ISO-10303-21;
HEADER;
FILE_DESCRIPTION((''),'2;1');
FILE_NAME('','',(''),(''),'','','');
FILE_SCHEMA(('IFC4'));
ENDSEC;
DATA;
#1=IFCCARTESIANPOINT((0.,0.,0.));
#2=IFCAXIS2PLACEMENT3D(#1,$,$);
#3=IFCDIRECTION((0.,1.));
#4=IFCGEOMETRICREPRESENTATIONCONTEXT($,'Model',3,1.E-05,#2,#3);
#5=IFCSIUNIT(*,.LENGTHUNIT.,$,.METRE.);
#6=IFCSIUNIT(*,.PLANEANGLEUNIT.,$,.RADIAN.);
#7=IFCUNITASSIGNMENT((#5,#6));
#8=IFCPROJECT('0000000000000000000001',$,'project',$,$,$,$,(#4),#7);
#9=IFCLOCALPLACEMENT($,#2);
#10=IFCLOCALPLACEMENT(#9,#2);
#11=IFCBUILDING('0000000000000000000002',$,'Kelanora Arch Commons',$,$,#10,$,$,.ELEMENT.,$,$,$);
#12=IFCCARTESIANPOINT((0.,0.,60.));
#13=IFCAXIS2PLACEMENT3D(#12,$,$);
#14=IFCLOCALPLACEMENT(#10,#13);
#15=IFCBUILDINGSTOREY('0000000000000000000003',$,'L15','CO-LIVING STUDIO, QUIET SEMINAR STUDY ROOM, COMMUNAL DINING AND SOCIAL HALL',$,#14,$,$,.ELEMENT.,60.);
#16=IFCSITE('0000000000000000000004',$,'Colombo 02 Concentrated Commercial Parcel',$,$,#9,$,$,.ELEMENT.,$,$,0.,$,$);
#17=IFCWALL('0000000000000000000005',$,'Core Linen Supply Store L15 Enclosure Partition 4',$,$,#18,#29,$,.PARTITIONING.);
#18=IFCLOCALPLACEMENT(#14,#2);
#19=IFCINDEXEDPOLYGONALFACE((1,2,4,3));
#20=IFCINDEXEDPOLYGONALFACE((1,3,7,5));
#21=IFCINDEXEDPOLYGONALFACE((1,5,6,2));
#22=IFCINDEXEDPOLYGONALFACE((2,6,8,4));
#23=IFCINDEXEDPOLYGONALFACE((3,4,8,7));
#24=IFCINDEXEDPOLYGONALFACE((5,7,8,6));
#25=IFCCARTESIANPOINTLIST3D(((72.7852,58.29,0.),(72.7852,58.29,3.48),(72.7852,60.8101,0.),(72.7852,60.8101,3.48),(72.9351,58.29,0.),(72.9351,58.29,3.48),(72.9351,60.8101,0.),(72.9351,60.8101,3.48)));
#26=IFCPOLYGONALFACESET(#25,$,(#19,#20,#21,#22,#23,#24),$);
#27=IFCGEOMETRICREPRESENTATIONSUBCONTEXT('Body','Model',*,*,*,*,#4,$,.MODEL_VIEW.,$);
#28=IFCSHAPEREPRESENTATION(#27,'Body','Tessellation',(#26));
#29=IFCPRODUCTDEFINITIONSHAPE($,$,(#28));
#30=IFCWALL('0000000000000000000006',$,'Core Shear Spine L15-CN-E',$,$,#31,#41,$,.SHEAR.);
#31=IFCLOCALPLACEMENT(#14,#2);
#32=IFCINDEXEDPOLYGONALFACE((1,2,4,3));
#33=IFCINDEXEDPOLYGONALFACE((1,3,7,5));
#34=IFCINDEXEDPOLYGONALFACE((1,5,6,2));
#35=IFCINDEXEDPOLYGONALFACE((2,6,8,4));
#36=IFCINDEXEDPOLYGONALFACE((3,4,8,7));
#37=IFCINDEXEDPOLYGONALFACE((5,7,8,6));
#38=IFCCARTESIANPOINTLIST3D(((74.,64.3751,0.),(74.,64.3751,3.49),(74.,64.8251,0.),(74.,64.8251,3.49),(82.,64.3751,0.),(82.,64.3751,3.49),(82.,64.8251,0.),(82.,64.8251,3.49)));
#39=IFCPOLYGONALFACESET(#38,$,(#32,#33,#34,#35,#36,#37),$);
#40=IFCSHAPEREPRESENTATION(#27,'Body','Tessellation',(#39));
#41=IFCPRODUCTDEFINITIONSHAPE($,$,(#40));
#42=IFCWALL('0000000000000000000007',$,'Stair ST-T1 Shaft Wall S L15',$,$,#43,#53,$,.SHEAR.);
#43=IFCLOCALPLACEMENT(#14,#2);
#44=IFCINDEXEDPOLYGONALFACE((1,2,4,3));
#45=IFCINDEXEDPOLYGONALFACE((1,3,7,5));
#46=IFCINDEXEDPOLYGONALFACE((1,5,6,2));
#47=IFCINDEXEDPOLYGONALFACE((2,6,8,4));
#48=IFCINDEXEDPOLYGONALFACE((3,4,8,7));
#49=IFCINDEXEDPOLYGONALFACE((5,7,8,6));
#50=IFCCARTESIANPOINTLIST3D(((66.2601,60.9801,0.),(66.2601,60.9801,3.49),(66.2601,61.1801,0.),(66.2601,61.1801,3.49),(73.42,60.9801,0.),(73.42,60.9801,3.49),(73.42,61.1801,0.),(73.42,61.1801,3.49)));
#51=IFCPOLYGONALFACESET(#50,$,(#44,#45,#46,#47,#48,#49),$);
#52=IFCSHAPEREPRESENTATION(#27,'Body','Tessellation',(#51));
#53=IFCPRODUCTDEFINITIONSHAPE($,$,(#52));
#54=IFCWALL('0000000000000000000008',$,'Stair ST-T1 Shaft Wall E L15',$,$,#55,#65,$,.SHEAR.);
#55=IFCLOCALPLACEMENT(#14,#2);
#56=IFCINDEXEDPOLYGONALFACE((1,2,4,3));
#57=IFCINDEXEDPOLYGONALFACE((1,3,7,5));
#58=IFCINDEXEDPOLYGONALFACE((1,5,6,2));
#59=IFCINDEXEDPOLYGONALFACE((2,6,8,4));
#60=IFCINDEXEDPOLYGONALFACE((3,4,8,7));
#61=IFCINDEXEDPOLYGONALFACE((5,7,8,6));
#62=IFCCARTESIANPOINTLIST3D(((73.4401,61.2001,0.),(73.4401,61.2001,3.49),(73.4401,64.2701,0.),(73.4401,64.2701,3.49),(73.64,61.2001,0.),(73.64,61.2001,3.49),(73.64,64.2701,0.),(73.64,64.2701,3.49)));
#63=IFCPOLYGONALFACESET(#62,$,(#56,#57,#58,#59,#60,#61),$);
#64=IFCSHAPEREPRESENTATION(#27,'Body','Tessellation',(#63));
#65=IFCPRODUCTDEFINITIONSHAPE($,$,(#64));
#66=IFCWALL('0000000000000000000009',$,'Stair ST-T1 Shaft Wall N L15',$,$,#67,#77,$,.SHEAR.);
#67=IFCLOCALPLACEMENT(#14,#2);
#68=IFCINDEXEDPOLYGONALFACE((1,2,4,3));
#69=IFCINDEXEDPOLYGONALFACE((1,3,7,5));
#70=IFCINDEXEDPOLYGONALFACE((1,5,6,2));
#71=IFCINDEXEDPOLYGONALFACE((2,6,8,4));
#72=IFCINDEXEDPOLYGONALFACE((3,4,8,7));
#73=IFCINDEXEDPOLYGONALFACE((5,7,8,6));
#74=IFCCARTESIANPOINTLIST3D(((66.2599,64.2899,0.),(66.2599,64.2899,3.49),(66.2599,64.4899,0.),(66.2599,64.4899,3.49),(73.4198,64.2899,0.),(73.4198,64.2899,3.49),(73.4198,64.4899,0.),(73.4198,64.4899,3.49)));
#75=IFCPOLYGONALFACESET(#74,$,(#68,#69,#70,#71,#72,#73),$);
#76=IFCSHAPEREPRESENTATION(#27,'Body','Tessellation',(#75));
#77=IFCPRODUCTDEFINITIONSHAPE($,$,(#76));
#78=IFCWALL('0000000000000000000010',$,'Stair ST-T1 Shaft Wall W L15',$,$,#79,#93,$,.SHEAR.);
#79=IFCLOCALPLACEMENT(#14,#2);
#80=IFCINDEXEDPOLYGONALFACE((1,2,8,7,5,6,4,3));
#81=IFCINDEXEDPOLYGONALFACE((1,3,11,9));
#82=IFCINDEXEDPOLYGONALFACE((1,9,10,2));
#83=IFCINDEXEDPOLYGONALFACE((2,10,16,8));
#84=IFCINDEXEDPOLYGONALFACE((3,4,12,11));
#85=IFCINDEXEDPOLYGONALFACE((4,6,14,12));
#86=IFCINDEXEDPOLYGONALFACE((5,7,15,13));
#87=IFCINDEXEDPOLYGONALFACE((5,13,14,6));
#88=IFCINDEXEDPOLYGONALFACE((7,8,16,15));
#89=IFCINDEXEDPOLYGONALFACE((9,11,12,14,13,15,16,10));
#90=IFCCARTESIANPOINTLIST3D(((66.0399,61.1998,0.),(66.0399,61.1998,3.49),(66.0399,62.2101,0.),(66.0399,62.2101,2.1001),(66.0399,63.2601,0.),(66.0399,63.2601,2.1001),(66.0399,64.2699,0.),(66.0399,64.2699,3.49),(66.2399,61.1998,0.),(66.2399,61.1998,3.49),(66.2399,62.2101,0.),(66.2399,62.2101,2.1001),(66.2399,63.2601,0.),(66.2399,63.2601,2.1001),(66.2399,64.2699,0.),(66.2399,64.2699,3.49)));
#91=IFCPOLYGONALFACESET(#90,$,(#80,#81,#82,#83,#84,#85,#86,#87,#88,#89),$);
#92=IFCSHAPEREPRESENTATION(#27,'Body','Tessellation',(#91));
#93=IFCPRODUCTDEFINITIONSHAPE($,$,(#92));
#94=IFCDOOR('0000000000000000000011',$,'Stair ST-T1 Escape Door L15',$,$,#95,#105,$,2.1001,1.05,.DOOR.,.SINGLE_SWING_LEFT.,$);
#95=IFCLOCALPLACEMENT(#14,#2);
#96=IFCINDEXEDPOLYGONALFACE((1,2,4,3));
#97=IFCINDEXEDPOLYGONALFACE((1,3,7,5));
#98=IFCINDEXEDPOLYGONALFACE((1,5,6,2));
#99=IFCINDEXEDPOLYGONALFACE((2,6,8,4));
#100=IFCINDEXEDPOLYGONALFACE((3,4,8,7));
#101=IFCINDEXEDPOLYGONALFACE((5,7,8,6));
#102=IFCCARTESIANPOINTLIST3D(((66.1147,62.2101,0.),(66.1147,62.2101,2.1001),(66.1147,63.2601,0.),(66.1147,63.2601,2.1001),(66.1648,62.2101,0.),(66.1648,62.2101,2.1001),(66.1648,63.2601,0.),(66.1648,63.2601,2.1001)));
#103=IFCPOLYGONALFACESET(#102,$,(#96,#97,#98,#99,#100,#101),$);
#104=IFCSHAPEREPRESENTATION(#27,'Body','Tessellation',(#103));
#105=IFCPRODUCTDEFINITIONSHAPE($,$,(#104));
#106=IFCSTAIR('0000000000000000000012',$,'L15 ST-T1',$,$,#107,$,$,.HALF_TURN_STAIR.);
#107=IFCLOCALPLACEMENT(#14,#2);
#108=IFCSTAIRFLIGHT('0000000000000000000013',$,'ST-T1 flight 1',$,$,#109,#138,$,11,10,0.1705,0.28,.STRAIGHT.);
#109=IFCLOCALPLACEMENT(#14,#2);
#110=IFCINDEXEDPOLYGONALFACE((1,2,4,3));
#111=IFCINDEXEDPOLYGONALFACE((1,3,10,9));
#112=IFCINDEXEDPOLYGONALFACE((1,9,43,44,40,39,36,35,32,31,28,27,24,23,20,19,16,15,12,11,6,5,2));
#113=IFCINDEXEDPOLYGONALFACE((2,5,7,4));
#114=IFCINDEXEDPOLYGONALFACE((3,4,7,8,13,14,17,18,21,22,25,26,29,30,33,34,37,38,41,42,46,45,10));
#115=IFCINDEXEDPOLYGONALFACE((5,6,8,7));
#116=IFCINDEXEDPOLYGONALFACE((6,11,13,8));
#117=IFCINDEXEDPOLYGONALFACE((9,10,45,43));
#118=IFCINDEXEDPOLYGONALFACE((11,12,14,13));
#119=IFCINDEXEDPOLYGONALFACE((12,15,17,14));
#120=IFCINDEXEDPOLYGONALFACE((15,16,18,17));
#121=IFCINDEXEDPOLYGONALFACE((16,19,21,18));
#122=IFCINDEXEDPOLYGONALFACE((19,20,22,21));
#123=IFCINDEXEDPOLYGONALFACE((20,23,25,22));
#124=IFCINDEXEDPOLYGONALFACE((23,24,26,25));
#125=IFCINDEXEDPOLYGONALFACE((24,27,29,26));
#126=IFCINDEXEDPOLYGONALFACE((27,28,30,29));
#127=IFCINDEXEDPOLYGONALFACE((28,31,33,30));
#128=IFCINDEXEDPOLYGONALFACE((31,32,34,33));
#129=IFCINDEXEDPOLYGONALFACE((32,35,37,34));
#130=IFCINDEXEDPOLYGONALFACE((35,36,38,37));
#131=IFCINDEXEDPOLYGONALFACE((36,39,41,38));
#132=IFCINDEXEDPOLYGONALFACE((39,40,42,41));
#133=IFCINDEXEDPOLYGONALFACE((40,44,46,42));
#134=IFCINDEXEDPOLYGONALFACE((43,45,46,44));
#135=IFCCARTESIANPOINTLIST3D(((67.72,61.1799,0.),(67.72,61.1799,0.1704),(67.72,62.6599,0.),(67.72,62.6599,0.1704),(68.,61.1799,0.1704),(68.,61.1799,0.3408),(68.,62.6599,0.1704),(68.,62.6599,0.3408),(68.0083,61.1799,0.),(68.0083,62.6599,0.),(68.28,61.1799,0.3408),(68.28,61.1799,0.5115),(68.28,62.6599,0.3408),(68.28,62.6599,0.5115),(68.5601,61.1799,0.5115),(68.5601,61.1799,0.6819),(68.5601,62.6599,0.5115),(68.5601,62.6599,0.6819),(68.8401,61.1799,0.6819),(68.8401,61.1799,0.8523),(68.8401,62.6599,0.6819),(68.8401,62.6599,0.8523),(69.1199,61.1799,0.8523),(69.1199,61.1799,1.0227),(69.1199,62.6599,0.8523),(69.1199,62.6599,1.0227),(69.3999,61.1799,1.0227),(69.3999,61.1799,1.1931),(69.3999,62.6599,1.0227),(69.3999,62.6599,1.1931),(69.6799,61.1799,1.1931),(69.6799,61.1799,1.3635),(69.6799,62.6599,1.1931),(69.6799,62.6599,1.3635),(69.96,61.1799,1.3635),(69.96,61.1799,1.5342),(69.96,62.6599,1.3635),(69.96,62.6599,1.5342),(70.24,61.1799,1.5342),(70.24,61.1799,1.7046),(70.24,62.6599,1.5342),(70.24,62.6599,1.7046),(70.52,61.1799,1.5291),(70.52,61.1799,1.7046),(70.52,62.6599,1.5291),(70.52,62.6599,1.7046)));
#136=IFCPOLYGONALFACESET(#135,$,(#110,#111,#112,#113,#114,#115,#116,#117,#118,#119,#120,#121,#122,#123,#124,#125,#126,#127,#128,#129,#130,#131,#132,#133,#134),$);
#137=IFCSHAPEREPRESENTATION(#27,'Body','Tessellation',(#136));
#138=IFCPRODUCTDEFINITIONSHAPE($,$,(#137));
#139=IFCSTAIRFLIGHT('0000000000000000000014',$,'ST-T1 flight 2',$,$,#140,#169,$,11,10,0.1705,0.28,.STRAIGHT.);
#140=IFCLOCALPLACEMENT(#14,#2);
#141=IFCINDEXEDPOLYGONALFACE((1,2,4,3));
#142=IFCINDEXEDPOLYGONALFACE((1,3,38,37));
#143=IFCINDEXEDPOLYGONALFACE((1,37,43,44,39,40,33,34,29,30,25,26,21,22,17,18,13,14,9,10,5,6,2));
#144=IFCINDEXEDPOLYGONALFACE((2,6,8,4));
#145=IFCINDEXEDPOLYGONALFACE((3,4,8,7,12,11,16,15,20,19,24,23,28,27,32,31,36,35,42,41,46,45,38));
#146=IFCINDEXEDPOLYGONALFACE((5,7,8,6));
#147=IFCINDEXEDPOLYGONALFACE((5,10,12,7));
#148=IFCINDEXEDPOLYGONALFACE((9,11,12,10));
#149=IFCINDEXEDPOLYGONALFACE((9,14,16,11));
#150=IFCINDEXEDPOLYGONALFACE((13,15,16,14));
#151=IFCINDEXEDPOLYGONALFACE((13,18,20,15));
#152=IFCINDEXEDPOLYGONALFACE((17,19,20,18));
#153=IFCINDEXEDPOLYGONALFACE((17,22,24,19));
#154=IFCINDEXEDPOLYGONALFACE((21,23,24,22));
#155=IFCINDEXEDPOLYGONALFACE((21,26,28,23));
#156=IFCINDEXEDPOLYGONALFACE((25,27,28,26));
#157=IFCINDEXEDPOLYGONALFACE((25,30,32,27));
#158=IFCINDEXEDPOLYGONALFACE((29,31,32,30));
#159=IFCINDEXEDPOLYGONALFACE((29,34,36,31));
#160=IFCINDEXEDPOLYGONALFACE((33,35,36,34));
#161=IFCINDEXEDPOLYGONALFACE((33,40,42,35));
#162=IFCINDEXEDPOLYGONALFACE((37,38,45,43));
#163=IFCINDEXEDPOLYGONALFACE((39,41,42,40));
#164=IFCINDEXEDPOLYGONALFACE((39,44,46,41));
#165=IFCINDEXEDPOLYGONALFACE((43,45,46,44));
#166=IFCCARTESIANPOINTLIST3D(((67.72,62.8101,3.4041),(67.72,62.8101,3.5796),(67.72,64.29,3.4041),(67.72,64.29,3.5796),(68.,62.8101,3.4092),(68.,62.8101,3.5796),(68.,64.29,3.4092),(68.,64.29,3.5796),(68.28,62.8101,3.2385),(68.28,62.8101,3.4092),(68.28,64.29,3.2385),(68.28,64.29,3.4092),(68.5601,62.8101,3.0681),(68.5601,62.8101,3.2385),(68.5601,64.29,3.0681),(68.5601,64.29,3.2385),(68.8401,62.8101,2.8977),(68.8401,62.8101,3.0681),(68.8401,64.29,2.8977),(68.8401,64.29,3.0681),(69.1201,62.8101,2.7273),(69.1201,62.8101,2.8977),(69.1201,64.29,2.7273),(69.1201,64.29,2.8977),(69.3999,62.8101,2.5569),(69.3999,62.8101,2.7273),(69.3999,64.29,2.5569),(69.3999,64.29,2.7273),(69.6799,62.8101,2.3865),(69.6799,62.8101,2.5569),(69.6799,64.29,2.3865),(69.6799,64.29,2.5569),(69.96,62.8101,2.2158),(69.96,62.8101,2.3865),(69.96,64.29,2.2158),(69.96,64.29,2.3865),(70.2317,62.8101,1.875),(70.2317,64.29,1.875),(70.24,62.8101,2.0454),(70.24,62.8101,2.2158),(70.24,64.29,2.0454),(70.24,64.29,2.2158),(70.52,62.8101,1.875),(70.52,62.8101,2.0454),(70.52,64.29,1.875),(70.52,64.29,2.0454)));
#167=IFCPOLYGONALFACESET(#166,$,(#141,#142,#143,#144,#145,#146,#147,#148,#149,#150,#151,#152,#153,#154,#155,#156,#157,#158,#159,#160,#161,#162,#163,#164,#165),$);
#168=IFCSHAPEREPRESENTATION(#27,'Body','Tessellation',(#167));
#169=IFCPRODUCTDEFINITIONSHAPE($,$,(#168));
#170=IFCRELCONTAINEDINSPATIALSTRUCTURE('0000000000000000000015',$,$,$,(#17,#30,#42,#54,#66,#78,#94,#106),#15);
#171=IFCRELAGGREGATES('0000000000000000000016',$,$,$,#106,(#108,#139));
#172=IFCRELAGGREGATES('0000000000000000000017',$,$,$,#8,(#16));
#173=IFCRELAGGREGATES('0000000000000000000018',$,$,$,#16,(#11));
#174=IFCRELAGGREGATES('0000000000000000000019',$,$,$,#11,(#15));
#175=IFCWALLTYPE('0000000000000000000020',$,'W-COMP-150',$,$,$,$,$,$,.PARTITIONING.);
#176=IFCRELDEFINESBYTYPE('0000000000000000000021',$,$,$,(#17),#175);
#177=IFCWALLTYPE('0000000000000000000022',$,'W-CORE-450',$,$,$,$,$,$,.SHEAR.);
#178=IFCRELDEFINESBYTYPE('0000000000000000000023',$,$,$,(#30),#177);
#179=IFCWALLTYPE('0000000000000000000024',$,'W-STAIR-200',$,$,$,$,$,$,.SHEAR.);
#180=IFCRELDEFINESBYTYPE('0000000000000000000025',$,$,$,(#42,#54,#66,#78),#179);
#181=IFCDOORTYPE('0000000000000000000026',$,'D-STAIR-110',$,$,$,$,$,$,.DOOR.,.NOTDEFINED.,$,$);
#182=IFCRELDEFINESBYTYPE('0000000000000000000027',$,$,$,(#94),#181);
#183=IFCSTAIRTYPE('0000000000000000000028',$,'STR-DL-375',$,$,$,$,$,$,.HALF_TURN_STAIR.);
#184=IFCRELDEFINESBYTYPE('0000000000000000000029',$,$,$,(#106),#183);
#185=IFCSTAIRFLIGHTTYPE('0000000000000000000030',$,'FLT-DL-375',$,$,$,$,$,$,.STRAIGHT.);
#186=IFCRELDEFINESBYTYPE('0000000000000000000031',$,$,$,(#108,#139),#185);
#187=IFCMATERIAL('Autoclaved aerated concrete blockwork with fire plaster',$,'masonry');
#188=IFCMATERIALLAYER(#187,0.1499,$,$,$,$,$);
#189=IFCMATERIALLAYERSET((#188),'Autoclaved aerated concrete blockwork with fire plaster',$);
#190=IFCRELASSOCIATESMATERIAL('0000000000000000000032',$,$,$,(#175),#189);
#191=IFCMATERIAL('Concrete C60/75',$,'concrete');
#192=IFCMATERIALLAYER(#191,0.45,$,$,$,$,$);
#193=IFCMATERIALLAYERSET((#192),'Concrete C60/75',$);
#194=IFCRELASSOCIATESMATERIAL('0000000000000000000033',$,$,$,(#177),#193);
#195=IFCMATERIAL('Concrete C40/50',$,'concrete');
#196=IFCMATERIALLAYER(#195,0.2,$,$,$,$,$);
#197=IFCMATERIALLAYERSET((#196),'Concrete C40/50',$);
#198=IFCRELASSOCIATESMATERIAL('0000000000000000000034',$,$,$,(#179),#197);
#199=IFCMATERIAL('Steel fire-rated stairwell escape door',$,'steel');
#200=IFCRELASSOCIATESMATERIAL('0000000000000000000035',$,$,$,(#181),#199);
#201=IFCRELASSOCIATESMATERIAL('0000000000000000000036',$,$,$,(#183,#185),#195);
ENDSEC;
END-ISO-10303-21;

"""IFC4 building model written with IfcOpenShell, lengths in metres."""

from ifc_helpers import new_model, si_unit, direction, frame, frame_2d, origin, place, context, subcontext, project, spatial, polyline, rectangle, outline, extrude, material, layer, layer_set, type_object, element, fill, aggregate, save


model = new_model("IFC4")

# Units and contexts
model_context = context("Model", 3, precision=1e-05, world=origin(), true_north=direction((0.0, 1.0)))
body_context = subcontext(model_context, "Body", "Model", "MODEL_VIEW")
ifc_project = project(units=[si_unit("LENGTHUNIT", "METRE"), si_unit("PLANEANGLEUNIT", "RADIAN")], contexts=[model_context])

# Site, building, storey
site_placement = place(None, origin())
site = spatial("IfcSite", under=ifc_project, at=site_placement, Name="Colombo 02 Concentrated Commercial Parcel", CompositionType="ELEMENT", RefElevation=0.0)
building_placement = place(site_placement, origin())
building = spatial("IfcBuilding", under=site, at=building_placement, Name="Kelanora Arch Commons", CompositionType="ELEMENT")
storey_placement = place(building_placement, frame((0.0, 0.0, 60.0)))
storey = spatial("IfcBuildingStorey", under=building, at=storey_placement, Name="L15", Description="CO-LIVING STUDIO, QUIET SEMINAR STUDY ROOM, COMMUNAL DINING AND SOCIAL HALL", CompositionType="ELEMENT", Elevation=60.0)

# Shared definitions
ifc_material_1 = material(Name="Concrete C60/75", Category="concrete")

# Walls
ifc_material_2 = material(Name="Autoclaved aerated concrete blockwork with fire plaster", Category="masonry")
ifc_layer_1 = layer(ifc_material_2, 0.1499)
ifc_layer_set_1 = layer_set([ifc_layer_1], Name="Autoclaved aerated concrete blockwork with fire plaster")
wall_type_1 = type_object("IfcWallType", Name="W-COMP-150", PredefinedType="PARTITIONING", material=ifc_layer_set_1)
wall_1_placement = place(storey_placement, frame((72.8601, 60.8101, 0.0), z_axis=(0.0, 0.0, 1.0), x_axis=(0.0, -1.0, 0.0)))
element("IfcWall", 1, at=wall_1_placement, inside=storey, type_object=wall_type_1, Name="Core Linen Supply Store L15 Enclosure Partition 4", PredefinedType="PARTITIONING", context=body_context, shape_type="SweptSolid", body=[
    extrude(rectangle(XDim=2.52, YDim=0.1499, at=frame_2d((1.26, 0.0))), origin(), (0.0, 0.0, 1.0), 3.48),
])
ifc_layer_2 = layer(ifc_material_1, 0.45)
ifc_layer_set_2 = layer_set([ifc_layer_2], Name="Concrete C60/75")
wall_type_2 = type_object("IfcWallType", Name="W-CORE-450", PredefinedType="SHEAR", material=ifc_layer_set_2)
wall_2_placement = place(storey_placement, frame((74.0, 64.6001, 0.0), z_axis=(0.0, 0.0, 1.0), x_axis=(1.0, 0.0, 0.0)))
element("IfcWall", 2, at=wall_2_placement, inside=storey, type_object=wall_type_2, Name="Core Shear Spine L15-CN-E", PredefinedType="SHEAR", context=body_context, shape_type="SweptSolid", body=[
    extrude(rectangle(XDim=8.0, YDim=0.45, at=frame_2d((4.0, 0.0))), origin(), (0.0, 0.0, 1.0), 3.49),
])

# Shared definitions
ifc_material_3 = material(Name="Concrete C40/50", Category="concrete")

# Walls
ifc_layer_3 = layer(ifc_material_3, 0.2)
ifc_layer_set_3 = layer_set([ifc_layer_3], Name="Concrete C40/50")
wall_type_3 = type_object("IfcWallType", Name="W-STAIR-200", PredefinedType="SHEAR", material=ifc_layer_set_3)
wall_3_placement = place(storey_placement, frame((66.26, 61.0801, 0.0), z_axis=(0.0, 0.0, 1.0), x_axis=(1.0, 0.0, 0.0)))
element("IfcWall", 3, at=wall_3_placement, inside=storey, type_object=wall_type_3, Name="Stair ST-T1 Shaft Wall S L15", PredefinedType="SHEAR", context=body_context, shape_type="SweptSolid", body=[
    extrude(rectangle(XDim=7.1599, YDim=0.2, at=frame_2d((3.5801, 0.0))), origin(), (0.0, 0.0, 1.0), 3.49),
])
wall_4_placement = place(storey_placement, frame((73.54, 61.2, 0.0), z_axis=(0.0, 0.0, 1.0), x_axis=(0.0, 1.0, 0.0)))
element("IfcWall", 4, at=wall_4_placement, inside=storey, type_object=wall_type_3, Name="Stair ST-T1 Shaft Wall E L15", PredefinedType="SHEAR", context=body_context, shape_type="SweptSolid", body=[
    extrude(rectangle(XDim=3.0701, YDim=0.2, at=frame_2d((1.5352, 0.0))), origin(), (0.0, 0.0, 1.0), 3.49),
])
wall_5_placement = place(storey_placement, frame((73.4199, 64.3899, 0.0), z_axis=(0.0, 0.0, 1.0), x_axis=(-1.0, 0.0, 0.0)))
element("IfcWall", 5, at=wall_5_placement, inside=storey, type_object=wall_type_3, Name="Stair ST-T1 Shaft Wall N L15", PredefinedType="SHEAR", context=body_context, shape_type="SweptSolid", body=[
    extrude(rectangle(XDim=7.1599, YDim=0.2, at=frame_2d((3.5801, 0.0))), origin(), (0.0, 0.0, 1.0), 3.49),
])

# Wall, opening, door
wall_6_placement = place(storey_placement, frame((66.1399, 64.27, 0.0), z_axis=(0.0, 0.0, 1.0), x_axis=(0.0, -1.0, 0.0)))
wall_6 = element("IfcWall", 6, at=wall_6_placement, inside=storey, type_object=wall_type_3, Name="Stair ST-T1 Shaft Wall W L15", PredefinedType="SHEAR", context=body_context, shape_type="SweptSolid", body=[
    extrude(rectangle(XDim=3.0701, YDim=0.2, at=frame_2d((1.5352, 0.0))), origin(), (0.0, 0.0, 1.0), 3.49),
])
opening_1_placement = place(wall_6_placement, frame((1.01, 0.0, 0.0)))
opening_1 = element("IfcOpeningElement", 7, at=opening_1_placement, cuts=wall_6, PredefinedType="OPENING", context=body_context, shape_type="SweptSolid", body=[
    extrude(rectangle(XDim=1.05, YDim=2.1001, at=frame_2d((0.5249, 1.05))), frame((0.0, 0.1099, 0.0), z_axis=(0.0, -1.0, 0.0), x_axis=(1.0, 0.0, 0.0)), (0.0, 0.0, 1.0), 0.22),
])
ifc_material_4 = material(Name="Steel fire-rated stairwell escape door", Category="steel")
door_type_1 = type_object("IfcDoorType", Name="D-STAIR-110", OperationType="NOTDEFINED", PredefinedType="DOOR", material=ifc_material_4)
door_1_placement = place(opening_1_placement, origin())
door_1 = element("IfcDoor", 8, at=door_1_placement, inside=storey, type_object=door_type_1, Name="Stair ST-T1 Escape Door L15", OperationType="SINGLE_SWING_LEFT", OverallHeight=2.1001, OverallWidth=1.05, PredefinedType="DOOR", context=body_context, shape_type="SweptSolid", body=[
    extrude(rectangle(XDim=1.05, YDim=2.1001, at=frame_2d((0.5249, 1.05))), frame((0.0, 0.0249, 0.0), z_axis=(0.0, -1.0, 0.0), x_axis=(1.0, 0.0, 0.0)), (0.0, 0.0, 1.0), 0.05),
])
fill(opening_1, door_1)

# Stair, stair flights
stair_type = type_object("IfcStairType", Name="STR-DL-375", PredefinedType="HALF_TURN_STAIR", material=ifc_material_3)
stair_placement = place(storey_placement, origin())
stair = element("IfcStair", 9, at=stair_placement, inside=storey, type_object=stair_type, Name="L15 ST-T1", PredefinedType="HALF_TURN_STAIR")
stair_flight_type = type_object("IfcStairFlightType", Name="FLT-DL-375", PredefinedType="STRAIGHT", material=ifc_material_3)
stair_flight_1_placement = place(storey_placement, frame((67.72, 61.9199, 0.0), z_axis=(0.0, 0.0, 1.0), x_axis=(1.0, 0.0, 0.0)))
stair_flight_1 = element("IfcStairFlight", 10, at=stair_flight_1_placement, type_object=stair_flight_type, Name="ST-T1 flight 1", NumberOfRisers=11, NumberOfTreads=10, PredefinedType="STRAIGHT", RiserHeight=0.1705, TreadLength=0.28, context=body_context, shape_type="SweptSolid", body=[
    extrude(outline(polyline([(0.0, 0.0), (0.0, 0.1704), (0.28, 0.1704), (0.28, 0.3408), (0.5601, 0.3408), (0.5601, 0.5115), (0.8401, 0.5115), (0.8401, 0.6819), (1.1201, 0.6819), (1.1201, 0.8523), (1.3999, 0.8523), (1.3999, 1.0227), (1.6799, 1.0227), (1.6799, 1.1931), (1.96, 1.1931), (1.96, 1.3635), (2.24, 1.3635), (2.24, 1.5342), (2.52, 1.5342), (2.52, 1.7046), (2.8, 1.7046), (2.8, 1.875), (2.8, 1.5291), (0.2883, 0.0), (0.0, 0.0)])), frame((0.0, 0.74, 0.0), z_axis=(0.0, -1.0, 0.0), x_axis=(1.0, 0.0, 0.0)), (0.0, 0.0, 1.0), 1.48),
])
stair_flight_2_placement = place(storey_placement, frame((70.52, 63.55, 1.875), z_axis=(0.0, 0.0, 1.0), x_axis=(-1.0, 0.0, 0.0)))
stair_flight_2 = element("IfcStairFlight", 11, at=stair_flight_2_placement, type_object=stair_flight_type, Name="ST-T1 flight 2", NumberOfRisers=11, NumberOfTreads=10, PredefinedType="STRAIGHT", RiserHeight=0.1705, TreadLength=0.28, context=body_context, shape_type="SweptSolid", body=[
    extrude(outline(polyline([(0.0, 0.0), (0.0, 0.1704), (0.28, 0.1704), (0.28, 0.3408), (0.5601, 0.3408), (0.5601, 0.5115), (0.8401, 0.5115), (0.8401, 0.6819), (1.1201, 0.6819), (1.1201, 0.8523), (1.3999, 0.8523), (1.3999, 1.0227), (1.6799, 1.0227), (1.6799, 1.1931), (1.96, 1.1931), (1.96, 1.3635), (2.24, 1.3635), (2.24, 1.5342), (2.52, 1.5342), (2.52, 1.7046), (2.8, 1.7046), (2.8, 1.875), (2.8, 1.5291), (0.2883, 0.0), (0.0, 0.0)])), frame((0.0, 0.74, 0.0), z_axis=(0.0, -1.0, 0.0), x_axis=(1.0, 0.0, 0.0)), (0.0, 0.0, 1.0), 1.48),
])
aggregate(stair, [stair_flight_1, stair_flight_2])

save(model, "model.ifc")
